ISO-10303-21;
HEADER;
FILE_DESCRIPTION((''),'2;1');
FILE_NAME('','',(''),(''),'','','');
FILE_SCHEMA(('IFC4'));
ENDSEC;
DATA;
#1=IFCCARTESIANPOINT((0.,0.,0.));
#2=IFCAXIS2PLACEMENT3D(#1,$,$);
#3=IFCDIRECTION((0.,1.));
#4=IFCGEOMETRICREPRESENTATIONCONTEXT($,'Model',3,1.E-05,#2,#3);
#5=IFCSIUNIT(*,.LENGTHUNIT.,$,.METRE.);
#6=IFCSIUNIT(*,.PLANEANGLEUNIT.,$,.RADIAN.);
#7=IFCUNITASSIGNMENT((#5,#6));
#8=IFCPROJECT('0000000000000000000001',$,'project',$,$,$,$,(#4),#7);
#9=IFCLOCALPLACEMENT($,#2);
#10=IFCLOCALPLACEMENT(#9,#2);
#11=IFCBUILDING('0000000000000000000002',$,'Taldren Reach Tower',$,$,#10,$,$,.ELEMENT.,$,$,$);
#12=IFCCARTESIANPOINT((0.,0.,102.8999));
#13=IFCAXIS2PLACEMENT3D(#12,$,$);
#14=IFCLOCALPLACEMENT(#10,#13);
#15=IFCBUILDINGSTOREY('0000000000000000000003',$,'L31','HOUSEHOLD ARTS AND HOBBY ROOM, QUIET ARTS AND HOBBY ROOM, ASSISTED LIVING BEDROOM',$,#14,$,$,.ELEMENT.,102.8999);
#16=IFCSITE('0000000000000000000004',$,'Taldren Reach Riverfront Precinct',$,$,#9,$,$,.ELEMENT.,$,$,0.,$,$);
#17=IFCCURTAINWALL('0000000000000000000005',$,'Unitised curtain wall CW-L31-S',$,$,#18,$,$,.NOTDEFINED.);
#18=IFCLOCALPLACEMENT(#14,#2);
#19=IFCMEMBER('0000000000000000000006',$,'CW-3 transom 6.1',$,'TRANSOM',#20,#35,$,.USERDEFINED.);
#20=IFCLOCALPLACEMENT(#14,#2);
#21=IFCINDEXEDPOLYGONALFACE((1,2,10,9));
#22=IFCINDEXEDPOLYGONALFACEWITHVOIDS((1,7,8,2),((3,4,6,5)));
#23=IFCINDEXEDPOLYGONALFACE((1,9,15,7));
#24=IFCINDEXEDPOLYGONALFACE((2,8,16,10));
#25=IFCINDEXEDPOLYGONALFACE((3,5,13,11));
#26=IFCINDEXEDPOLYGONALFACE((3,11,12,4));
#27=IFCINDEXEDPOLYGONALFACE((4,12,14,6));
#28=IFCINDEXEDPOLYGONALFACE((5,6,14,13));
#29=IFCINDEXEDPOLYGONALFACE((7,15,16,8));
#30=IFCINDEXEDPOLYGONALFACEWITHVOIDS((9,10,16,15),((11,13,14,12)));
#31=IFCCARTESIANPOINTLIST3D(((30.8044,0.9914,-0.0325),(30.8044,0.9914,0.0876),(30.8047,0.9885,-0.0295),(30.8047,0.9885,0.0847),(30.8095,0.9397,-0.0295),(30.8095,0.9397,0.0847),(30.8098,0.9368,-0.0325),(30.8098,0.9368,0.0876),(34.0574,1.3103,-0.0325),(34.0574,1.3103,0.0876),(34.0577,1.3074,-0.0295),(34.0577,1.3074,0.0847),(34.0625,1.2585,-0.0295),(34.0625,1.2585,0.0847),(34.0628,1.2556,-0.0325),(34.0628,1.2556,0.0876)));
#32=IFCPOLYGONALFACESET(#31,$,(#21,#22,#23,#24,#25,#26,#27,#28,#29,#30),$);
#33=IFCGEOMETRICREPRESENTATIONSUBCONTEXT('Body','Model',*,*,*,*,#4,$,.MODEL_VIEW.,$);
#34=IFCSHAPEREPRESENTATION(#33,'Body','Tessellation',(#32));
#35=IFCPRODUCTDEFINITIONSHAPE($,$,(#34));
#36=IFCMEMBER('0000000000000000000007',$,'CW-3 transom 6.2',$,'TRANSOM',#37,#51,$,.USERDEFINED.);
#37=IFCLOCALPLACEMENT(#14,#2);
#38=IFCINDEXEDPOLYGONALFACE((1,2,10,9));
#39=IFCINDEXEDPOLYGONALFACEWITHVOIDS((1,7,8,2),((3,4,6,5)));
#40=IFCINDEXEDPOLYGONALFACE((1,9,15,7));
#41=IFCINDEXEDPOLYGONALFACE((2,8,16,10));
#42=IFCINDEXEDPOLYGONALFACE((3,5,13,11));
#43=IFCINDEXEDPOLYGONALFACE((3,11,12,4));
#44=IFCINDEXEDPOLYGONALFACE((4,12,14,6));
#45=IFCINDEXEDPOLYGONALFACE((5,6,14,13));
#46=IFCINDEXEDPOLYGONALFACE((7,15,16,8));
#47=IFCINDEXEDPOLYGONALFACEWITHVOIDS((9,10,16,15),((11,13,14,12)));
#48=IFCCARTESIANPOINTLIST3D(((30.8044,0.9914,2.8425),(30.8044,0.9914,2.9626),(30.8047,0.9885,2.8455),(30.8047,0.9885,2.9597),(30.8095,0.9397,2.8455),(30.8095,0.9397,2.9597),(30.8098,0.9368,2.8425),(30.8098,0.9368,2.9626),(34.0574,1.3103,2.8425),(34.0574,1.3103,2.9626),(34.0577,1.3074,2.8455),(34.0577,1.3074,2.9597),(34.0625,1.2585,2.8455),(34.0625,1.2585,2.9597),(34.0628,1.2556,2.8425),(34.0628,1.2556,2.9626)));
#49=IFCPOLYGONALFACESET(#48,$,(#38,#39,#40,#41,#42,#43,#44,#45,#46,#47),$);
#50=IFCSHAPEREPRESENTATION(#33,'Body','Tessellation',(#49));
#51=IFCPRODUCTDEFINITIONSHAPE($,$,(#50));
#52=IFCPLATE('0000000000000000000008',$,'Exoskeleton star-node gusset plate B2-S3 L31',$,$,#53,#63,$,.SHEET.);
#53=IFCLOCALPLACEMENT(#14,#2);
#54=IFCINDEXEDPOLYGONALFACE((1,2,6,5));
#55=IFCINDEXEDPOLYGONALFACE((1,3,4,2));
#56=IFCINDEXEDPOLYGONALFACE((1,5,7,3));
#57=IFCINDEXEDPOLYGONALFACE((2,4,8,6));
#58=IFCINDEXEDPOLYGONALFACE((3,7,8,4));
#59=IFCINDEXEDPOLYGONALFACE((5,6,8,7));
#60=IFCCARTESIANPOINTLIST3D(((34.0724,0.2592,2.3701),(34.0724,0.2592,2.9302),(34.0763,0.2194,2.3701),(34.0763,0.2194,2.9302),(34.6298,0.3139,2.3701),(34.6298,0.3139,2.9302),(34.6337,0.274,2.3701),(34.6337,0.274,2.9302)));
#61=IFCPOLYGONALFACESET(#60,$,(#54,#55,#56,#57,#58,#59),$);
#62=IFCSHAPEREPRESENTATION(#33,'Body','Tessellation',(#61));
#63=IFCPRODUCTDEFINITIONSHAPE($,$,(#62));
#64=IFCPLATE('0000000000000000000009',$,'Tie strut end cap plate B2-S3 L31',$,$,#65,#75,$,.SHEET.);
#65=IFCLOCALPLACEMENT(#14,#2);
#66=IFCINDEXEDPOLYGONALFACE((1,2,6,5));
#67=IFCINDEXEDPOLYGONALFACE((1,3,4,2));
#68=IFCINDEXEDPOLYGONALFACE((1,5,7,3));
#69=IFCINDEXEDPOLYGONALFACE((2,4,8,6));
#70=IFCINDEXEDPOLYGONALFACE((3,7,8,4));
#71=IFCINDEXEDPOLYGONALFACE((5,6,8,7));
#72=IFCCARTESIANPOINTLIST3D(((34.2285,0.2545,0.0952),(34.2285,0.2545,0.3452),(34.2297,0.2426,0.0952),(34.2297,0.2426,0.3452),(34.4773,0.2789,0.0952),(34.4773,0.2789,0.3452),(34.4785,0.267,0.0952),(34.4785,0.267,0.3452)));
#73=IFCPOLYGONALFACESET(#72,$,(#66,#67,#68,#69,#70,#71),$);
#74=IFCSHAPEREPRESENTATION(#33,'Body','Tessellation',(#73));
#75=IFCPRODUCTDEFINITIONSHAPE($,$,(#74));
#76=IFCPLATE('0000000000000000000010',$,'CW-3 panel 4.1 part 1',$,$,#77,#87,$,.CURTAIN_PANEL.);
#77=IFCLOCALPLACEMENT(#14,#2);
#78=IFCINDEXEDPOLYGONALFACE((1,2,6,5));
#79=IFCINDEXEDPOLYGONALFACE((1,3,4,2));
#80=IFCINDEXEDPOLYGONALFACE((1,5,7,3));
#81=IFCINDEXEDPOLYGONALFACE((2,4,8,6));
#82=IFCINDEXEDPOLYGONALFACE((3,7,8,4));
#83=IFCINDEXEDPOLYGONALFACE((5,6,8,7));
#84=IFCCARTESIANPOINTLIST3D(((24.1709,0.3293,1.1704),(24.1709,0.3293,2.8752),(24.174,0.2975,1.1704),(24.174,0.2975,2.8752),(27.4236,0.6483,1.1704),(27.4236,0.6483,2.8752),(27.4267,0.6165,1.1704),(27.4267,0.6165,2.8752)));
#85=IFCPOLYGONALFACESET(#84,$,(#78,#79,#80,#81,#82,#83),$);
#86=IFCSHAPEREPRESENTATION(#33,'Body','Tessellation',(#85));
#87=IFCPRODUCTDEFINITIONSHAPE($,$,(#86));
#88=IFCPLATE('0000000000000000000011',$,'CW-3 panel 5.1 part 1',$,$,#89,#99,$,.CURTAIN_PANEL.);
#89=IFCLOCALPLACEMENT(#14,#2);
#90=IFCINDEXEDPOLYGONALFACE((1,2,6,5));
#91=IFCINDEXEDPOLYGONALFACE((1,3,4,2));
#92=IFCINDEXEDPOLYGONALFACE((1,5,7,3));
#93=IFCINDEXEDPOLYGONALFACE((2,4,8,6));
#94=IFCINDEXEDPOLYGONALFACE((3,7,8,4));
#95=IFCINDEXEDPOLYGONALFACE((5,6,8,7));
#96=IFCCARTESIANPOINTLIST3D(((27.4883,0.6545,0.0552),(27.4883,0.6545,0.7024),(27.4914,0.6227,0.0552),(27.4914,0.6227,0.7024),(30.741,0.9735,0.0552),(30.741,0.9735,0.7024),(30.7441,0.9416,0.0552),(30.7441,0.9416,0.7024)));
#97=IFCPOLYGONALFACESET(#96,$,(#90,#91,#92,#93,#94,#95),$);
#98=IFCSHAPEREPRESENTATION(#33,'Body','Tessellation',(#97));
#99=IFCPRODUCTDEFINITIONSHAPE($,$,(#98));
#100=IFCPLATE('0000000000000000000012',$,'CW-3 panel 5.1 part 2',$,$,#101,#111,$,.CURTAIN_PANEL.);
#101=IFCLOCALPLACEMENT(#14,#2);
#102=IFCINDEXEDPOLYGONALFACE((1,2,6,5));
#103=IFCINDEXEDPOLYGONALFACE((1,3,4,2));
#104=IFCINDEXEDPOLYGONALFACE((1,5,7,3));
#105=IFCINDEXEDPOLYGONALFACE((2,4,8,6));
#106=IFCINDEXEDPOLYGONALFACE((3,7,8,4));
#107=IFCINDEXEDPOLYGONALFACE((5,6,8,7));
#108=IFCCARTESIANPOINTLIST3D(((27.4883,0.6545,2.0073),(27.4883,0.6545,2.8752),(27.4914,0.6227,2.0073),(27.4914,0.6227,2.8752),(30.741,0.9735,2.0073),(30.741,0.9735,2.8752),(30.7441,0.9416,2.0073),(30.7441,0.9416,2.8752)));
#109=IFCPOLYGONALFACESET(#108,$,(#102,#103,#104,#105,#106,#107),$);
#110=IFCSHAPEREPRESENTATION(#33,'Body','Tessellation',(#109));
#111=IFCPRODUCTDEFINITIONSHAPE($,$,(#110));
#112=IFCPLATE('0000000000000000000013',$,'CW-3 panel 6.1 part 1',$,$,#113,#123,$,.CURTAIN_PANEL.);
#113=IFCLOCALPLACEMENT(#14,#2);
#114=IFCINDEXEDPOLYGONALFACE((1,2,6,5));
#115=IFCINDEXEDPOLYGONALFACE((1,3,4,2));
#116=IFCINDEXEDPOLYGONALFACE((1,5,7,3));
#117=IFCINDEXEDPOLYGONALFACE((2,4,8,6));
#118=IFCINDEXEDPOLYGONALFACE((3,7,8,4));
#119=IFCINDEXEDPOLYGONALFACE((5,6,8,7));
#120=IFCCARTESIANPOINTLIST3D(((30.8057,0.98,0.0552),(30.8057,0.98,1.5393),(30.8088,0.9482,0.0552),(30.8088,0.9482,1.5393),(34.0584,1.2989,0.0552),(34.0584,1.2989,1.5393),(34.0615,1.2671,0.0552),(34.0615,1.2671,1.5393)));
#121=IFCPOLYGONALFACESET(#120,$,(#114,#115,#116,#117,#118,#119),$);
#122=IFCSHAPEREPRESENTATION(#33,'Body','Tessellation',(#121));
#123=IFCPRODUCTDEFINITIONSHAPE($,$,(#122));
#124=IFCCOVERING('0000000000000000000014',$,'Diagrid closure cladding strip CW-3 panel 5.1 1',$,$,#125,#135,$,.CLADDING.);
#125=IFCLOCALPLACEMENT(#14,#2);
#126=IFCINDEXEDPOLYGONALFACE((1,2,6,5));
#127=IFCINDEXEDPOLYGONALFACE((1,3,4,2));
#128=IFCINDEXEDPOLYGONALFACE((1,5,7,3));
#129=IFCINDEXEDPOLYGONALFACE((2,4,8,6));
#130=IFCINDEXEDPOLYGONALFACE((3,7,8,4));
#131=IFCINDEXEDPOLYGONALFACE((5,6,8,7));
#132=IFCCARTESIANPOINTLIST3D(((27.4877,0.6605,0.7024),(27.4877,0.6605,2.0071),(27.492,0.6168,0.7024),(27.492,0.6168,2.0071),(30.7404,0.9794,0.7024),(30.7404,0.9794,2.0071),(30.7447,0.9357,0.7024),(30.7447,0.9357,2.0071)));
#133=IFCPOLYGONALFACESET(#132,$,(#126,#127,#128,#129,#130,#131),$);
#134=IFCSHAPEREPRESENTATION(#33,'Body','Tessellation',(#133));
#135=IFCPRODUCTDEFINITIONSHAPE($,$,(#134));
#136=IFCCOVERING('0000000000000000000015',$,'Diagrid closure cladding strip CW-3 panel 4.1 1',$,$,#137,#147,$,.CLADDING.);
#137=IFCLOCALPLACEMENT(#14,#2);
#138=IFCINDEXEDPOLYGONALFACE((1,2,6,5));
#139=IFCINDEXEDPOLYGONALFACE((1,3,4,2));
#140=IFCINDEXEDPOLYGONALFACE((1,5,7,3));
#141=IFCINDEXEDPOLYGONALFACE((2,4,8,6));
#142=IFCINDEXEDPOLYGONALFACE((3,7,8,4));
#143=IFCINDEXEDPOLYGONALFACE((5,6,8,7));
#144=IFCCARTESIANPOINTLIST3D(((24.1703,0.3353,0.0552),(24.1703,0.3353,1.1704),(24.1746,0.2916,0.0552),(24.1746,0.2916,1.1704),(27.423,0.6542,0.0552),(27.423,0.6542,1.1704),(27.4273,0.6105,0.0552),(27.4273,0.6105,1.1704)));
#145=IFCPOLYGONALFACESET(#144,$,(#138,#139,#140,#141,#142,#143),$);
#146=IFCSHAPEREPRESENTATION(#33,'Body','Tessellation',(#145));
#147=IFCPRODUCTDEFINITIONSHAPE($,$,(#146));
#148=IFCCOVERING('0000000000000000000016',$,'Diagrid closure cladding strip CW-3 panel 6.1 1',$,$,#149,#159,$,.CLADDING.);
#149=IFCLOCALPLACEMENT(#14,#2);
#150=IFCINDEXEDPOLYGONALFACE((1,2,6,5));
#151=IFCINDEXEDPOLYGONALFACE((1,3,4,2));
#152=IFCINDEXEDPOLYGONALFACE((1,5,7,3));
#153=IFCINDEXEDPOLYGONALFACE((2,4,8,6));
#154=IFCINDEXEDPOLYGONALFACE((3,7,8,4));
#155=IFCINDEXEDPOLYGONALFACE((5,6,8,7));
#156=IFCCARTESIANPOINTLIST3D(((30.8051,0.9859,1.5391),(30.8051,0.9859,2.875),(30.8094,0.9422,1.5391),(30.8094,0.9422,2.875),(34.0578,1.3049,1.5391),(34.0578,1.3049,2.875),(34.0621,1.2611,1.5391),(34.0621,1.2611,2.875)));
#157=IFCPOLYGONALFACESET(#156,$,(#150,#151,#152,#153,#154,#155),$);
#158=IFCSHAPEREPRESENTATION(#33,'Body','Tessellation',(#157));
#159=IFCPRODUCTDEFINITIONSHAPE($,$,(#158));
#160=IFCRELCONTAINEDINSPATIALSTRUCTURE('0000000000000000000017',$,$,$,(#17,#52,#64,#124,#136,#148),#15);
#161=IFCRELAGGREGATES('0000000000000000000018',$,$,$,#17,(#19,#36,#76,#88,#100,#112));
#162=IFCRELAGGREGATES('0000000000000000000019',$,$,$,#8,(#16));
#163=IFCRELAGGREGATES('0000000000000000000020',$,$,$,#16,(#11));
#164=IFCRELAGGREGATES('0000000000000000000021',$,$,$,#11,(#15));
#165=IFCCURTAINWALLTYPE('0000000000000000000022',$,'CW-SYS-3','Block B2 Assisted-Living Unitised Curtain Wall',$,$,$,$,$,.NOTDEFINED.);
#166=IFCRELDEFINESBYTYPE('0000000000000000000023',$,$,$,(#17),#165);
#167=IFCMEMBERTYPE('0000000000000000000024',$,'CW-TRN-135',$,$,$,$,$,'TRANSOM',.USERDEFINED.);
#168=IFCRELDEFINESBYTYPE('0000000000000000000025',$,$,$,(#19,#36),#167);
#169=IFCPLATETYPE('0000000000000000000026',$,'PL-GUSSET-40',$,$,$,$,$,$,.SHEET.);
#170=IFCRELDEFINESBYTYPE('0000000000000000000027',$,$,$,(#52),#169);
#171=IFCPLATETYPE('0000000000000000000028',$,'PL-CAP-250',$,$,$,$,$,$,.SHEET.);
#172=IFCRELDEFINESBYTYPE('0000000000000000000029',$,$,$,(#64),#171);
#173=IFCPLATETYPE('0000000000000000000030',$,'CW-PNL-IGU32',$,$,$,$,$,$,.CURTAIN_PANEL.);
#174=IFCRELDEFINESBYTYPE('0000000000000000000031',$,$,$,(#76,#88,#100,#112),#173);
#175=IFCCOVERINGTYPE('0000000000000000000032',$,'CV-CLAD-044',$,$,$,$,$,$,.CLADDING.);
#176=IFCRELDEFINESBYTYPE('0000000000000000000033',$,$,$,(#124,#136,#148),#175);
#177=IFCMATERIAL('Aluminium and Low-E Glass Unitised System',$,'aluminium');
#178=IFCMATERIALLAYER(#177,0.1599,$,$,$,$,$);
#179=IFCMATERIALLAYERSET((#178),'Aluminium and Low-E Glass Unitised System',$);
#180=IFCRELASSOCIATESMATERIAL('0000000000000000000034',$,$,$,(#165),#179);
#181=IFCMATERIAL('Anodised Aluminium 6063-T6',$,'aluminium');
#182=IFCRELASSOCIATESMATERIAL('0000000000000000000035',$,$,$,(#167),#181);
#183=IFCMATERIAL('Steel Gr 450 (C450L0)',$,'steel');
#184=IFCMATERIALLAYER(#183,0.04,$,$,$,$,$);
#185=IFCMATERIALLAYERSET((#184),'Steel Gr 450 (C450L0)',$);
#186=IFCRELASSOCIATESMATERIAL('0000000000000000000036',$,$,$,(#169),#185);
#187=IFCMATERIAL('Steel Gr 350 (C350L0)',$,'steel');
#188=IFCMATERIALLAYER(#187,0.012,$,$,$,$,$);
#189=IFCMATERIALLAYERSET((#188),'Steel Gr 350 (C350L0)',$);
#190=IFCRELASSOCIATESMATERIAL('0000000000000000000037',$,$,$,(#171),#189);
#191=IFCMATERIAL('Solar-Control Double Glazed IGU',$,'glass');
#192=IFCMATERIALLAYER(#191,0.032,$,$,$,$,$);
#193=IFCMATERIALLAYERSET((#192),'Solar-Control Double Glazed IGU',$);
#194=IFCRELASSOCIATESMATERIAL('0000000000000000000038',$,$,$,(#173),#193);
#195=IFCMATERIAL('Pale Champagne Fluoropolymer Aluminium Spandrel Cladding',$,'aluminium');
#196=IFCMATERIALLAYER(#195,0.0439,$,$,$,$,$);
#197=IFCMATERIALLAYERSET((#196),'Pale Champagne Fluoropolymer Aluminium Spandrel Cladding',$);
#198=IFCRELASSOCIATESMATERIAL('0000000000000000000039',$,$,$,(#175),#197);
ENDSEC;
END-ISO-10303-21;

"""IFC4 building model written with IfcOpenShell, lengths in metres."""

from ifc_helpers import new_model, si_unit, direction, frame, origin, origin_2d, place, context, subcontext, project, spatial, rectangle, hollow_rectangle, extrude, source, transform, mapped, material, layer, layer_set, material_profile, profile_set, type_object, element, aggregate, save


model = new_model("IFC4")

# Units and contexts
model_context = context("Model", 3, precision=1e-05, world=origin(), true_north=direction((0.0, 1.0)))
body_context = subcontext(model_context, "Body", "Model", "MODEL_VIEW")
ifc_project = project(units=[si_unit("LENGTHUNIT", "METRE"), si_unit("PLANEANGLEUNIT", "RADIAN")], contexts=[model_context])

# Site, building, storey
site_placement = place(None, origin())
site = spatial("IfcSite", under=ifc_project, at=site_placement, Name="Taldren Reach Riverfront Precinct", CompositionType="ELEMENT", RefElevation=0.0)
building_placement = place(site_placement, origin())
building = spatial("IfcBuilding", under=site, at=building_placement, Name="Taldren Reach Tower", CompositionType="ELEMENT")
storey_placement = place(building_placement, frame((0.0, 0.0, 102.8999)))
storey = spatial("IfcBuildingStorey", under=building, at=storey_placement, Name="L31", Description="HOUSEHOLD ARTS AND HOBBY ROOM, QUIET ARTS AND HOBBY ROOM, ASSISTED LIVING BEDROOM", CompositionType="ELEMENT", Elevation=102.8999)

# Shared definitions
ifc_material_1 = material(Name="Steel Gr 450 (C450L0)", Category="steel")
ifc_material_2 = material(Name="Steel Gr 350 (C350L0)", Category="steel")

# Curtain wall, members
ifc_material_3 = material(Name="Aluminium and Low-E Glass Unitised System", Category="aluminium")
ifc_layer_1 = layer(ifc_material_3, 0.1599)
ifc_layer_set_1 = layer_set([ifc_layer_1], Name="Aluminium and Low-E Glass Unitised System")
curtain_wall_type = type_object("IfcCurtainWallType", Name="CW-SYS-3", Description="Block B2 Assisted-Living Unitised Curtain Wall", PredefinedType="NOTDEFINED", material=ifc_layer_set_1)
curtain_wall_placement = place(storey_placement, origin())
curtain_wall = element("IfcCurtainWall", 1, at=curtain_wall_placement, inside=storey, type_object=curtain_wall_type, Name="Unitised curtain wall CW-L31-S", PredefinedType="NOTDEFINED")
ifc_material_4 = material(Name="Anodised Aluminium 6063-T6", Category="aluminium")
ifc_material_profile_1 = material_profile(ifc_material_4, hollow_rectangle(XDim=0.0549, YDim=0.1201, WallThickness=0.0029, at=origin_2d()), Name="ALU-120x55x3RHS")
ifc_profile_set_1 = profile_set([ifc_material_profile_1], Name="Anodised Aluminium 6063-T6")
member_type_1 = type_object("IfcMemberType", Name="CW-TRN-135", ElementType="TRANSOM", PredefinedType="USERDEFINED", material=ifc_profile_set_1)
shared_shape_1 = source(origin(), body_context, "Body", "SweptSolid", [
    extrude(hollow_rectangle(XDim=0.0549, YDim=0.1201, WallThickness=0.0029, at=origin_2d()), origin(), (0.0, 0.0, 1.0), 3.2686),
])
member_1_placement = place(storey_placement, frame((30.8071, 0.9641, 0.0276), z_axis=(0.995231, 0.097551, 0.0), x_axis=(-0.097551, 0.995231, 0.0)))
member_1 = element("IfcMember", 2, at=member_1_placement, type_object=member_type_1, Name="CW-3 transom 6.1", ObjectType="TRANSOM", PredefinedType="USERDEFINED", context=body_context, shape_type="MappedRepresentation", body=[
    mapped(shared_shape_1, transform((0.0, 0.0, 0.0), scale=1.0)),
])
member_2_placement = place(storey_placement, frame((30.8071, 0.9641, 2.9026), z_axis=(0.995231, 0.097551, 0.0), x_axis=(-0.097551, 0.995231, 0.0)))
member_2 = element("IfcMember", 3, at=member_2_placement, type_object=member_type_1, Name="CW-3 transom 6.2", ObjectType="TRANSOM", PredefinedType="USERDEFINED", context=body_context, shape_type="MappedRepresentation", body=[
    mapped(shared_shape_1, transform((0.0, 0.0, 0.0), scale=1.0)),
])

# Plates
ifc_layer_2 = layer(ifc_material_1, 0.04)
ifc_layer_set_2 = layer_set([ifc_layer_2], Name="Steel Gr 450 (C450L0)")
plate_type_1 = type_object("IfcPlateType", Name="PL-GUSSET-40", PredefinedType="SHEET", material=ifc_layer_set_2)
shared_shape_2 = source(origin(), body_context, "Body", "SweptSolid", [
    extrude(rectangle(XDim=0.5601, YDim=0.04, at=origin_2d()), origin(), (0.0, 0.0, 1.0), 0.5601),
])
plate_1_placement = place(storey_placement, frame((34.353, 0.2666, 2.3701), z_axis=(0.0, 0.0, 1.0), x_axis=(0.995227, 0.097583, 0.0)))
element("IfcPlate", 4, at=plate_1_placement, inside=storey, type_object=plate_type_1, Name="Exoskeleton star-node gusset plate B2-S3 L31", PredefinedType="SHEET", context=body_context, shape_type="MappedRepresentation", body=[
    mapped(shared_shape_2, transform((0.0, 0.0, 0.0), scale=1.0)),
])
ifc_layer_3 = layer(ifc_material_2, 0.012)
ifc_layer_set_3 = layer_set([ifc_layer_3], Name="Steel Gr 350 (C350L0)")
plate_type_2 = type_object("IfcPlateType", Name="PL-CAP-250", PredefinedType="SHEET", material=ifc_layer_set_3)
shared_shape_3 = source(origin(), body_context, "Body", "SweptSolid", [
    extrude(rectangle(XDim=0.25, YDim=0.012, at=origin_2d()), origin(), (0.0, 0.0, 1.0), 0.25),
])
plate_2_placement = place(storey_placement, frame((34.3535, 0.2607, 0.0952), z_axis=(0.0, 0.0, 1.0), x_axis=(0.995227, 0.097583, 0.0)))
element("IfcPlate", 5, at=plate_2_placement, inside=storey, type_object=plate_type_2, Name="Tie strut end cap plate B2-S3 L31", PredefinedType="SHEET", context=body_context, shape_type="MappedRepresentation", body=[
    mapped(shared_shape_3, transform((0.0, 0.0, 0.0), scale=1.0)),
])

# Plates
ifc_material_5 = material(Name="Solar-Control Double Glazed IGU", Category="glass")
ifc_layer_4 = layer(ifc_material_5, 0.032)
ifc_layer_set_4 = layer_set([ifc_layer_4], Name="Solar-Control Double Glazed IGU")
plate_type_3 = type_object("IfcPlateType", Name="CW-PNL-IGU32", PredefinedType="CURTAIN_PANEL", material=ifc_layer_set_4)
shared_shape_4 = source(origin(), body_context, "Body", "SweptSolid", [
    extrude(rectangle(XDim=3.2683, YDim=0.032, at=origin_2d()), origin(), (0.0, 0.0, 1.0), 1.7048),
])
plate_3_placement = place(storey_placement, frame((25.7988, 0.4729, 1.1704), z_axis=(0.0, 0.0, 1.0), x_axis=(0.995227, 0.097583, 0.0)))
plate_3 = element("IfcPlate", 6, at=plate_3_placement, type_object=plate_type_3, Name="CW-3 panel 4.1 part 1", PredefinedType="CURTAIN_PANEL", context=body_context, shape_type="MappedRepresentation", body=[
    mapped(shared_shape_4, transform((0.0, 0.0, 0.0), scale=1.0)),
])
shared_shape_5 = source(origin(), body_context, "Body", "SweptSolid", [
    extrude(rectangle(XDim=3.2683, YDim=0.032, at=origin_2d()), origin(), (0.0, 0.0, 1.0), 0.6472),
])
plate_4_placement = place(storey_placement, frame((29.1162, 0.7981, 0.0552), z_axis=(0.0, 0.0, 1.0), x_axis=(0.995227, 0.097583, 0.0)))
plate_4 = element("IfcPlate", 7, at=plate_4_placement, type_object=plate_type_3, Name="CW-3 panel 5.1 part 1", PredefinedType="CURTAIN_PANEL", context=body_context, shape_type="MappedRepresentation", body=[
    mapped(shared_shape_5, transform((0.0, 0.0, 0.0), scale=1.0)),
])
shared_shape_6 = source(origin(), body_context, "Body", "SweptSolid", [
    extrude(rectangle(XDim=3.2683, YDim=0.032, at=origin_2d()), origin(), (0.0, 0.0, 1.0), 0.8679),
])
plate_5_placement = place(storey_placement, frame((29.1162, 0.7981, 2.0073), z_axis=(0.0, 0.0, 1.0), x_axis=(0.995227, 0.097583, 0.0)))
plate_5 = element("IfcPlate", 8, at=plate_5_placement, type_object=plate_type_3, Name="CW-3 panel 5.1 part 2", PredefinedType="CURTAIN_PANEL", context=body_context, shape_type="MappedRepresentation", body=[
    mapped(shared_shape_6, transform((0.0, 0.0, 0.0), scale=1.0)),
])
shared_shape_7 = source(origin(), body_context, "Body", "SweptSolid", [
    extrude(rectangle(XDim=3.2683, YDim=0.032, at=origin_2d()), origin(), (0.0, 0.0, 1.0), 1.4841),
])
plate_6_placement = place(storey_placement, frame((32.4336, 1.1235, 0.0552), z_axis=(0.0, 0.0, 1.0), x_axis=(0.995227, 0.097583, 0.0)))
plate_6 = element("IfcPlate", 9, at=plate_6_placement, type_object=plate_type_3, Name="CW-3 panel 6.1 part 1", PredefinedType="CURTAIN_PANEL", context=body_context, shape_type="MappedRepresentation", body=[
    mapped(shared_shape_7, transform((0.0, 0.0, 0.0), scale=1.0)),
])
aggregate(curtain_wall, [member_1, member_2, plate_3, plate_4, plate_5, plate_6])

# Coverings
ifc_material_6 = material(Name="Pale Champagne Fluoropolymer Aluminium Spandrel Cladding", Category="aluminium")
ifc_layer_5 = layer(ifc_material_6, 0.0439)
ifc_layer_set_5 = layer_set([ifc_layer_5], Name="Pale Champagne Fluoropolymer Aluminium Spandrel Cladding")
covering_type = type_object("IfcCoveringType", Name="CV-CLAD-044", PredefinedType="CLADDING", material=ifc_layer_set_5)
shared_shape_8 = source(origin(), body_context, "Body", "SweptSolid", [
    extrude(rectangle(XDim=3.2683, YDim=0.0439, at=origin_2d()), origin(), (0.0, 0.0, 1.0), 1.3047),
])
covering_1_placement = place(storey_placement, frame((29.1162, 0.7981, 0.7024), z_axis=(0.0, 0.0, 1.0), x_axis=(0.995227, 0.097583, 0.0)))
element("IfcCovering", 10, at=covering_1_placement, inside=storey, type_object=covering_type, Name="Diagrid closure cladding strip CW-3 panel 5.1 1", PredefinedType="CLADDING", context=body_context, shape_type="MappedRepresentation", body=[
    mapped(shared_shape_8, transform((0.0, 0.0, 0.0), scale=1.0)),
])
shared_shape_9 = source(origin(), body_context, "Body", "SweptSolid", [
    extrude(rectangle(XDim=3.2683, YDim=0.0439, at=origin_2d()), origin(), (0.0, 0.0, 1.0), 1.1152),
])
covering_2_placement = place(storey_placement, frame((25.7988, 0.4729, 0.0552), z_axis=(0.0, 0.0, 1.0), x_axis=(0.995227, 0.097583, 0.0)))
element("IfcCovering", 11, at=covering_2_placement, inside=storey, type_object=covering_type, Name="Diagrid closure cladding strip CW-3 panel 4.1 1", PredefinedType="CLADDING", context=body_context, shape_type="MappedRepresentation", body=[
    mapped(shared_shape_9, transform((0.0, 0.0, 0.0), scale=1.0)),
])
shared_shape_10 = source(origin(), body_context, "Body", "SweptSolid", [
    extrude(rectangle(XDim=3.2683, YDim=0.0439, at=origin_2d()), origin(), (0.0, 0.0, 1.0), 1.3359),
])
covering_3_placement = place(storey_placement, frame((32.4336, 1.1235, 1.5391), z_axis=(0.0, 0.0, 1.0), x_axis=(0.995227, 0.097583, 0.0)))
element("IfcCovering", 12, at=covering_3_placement, inside=storey, type_object=covering_type, Name="Diagrid closure cladding strip CW-3 panel 6.1 1", PredefinedType="CLADDING", context=body_context, shape_type="MappedRepresentation", body=[
    mapped(shared_shape_10, transform((0.0, 0.0, 0.0), scale=1.0)),
])

save(model, "model.ifc")
